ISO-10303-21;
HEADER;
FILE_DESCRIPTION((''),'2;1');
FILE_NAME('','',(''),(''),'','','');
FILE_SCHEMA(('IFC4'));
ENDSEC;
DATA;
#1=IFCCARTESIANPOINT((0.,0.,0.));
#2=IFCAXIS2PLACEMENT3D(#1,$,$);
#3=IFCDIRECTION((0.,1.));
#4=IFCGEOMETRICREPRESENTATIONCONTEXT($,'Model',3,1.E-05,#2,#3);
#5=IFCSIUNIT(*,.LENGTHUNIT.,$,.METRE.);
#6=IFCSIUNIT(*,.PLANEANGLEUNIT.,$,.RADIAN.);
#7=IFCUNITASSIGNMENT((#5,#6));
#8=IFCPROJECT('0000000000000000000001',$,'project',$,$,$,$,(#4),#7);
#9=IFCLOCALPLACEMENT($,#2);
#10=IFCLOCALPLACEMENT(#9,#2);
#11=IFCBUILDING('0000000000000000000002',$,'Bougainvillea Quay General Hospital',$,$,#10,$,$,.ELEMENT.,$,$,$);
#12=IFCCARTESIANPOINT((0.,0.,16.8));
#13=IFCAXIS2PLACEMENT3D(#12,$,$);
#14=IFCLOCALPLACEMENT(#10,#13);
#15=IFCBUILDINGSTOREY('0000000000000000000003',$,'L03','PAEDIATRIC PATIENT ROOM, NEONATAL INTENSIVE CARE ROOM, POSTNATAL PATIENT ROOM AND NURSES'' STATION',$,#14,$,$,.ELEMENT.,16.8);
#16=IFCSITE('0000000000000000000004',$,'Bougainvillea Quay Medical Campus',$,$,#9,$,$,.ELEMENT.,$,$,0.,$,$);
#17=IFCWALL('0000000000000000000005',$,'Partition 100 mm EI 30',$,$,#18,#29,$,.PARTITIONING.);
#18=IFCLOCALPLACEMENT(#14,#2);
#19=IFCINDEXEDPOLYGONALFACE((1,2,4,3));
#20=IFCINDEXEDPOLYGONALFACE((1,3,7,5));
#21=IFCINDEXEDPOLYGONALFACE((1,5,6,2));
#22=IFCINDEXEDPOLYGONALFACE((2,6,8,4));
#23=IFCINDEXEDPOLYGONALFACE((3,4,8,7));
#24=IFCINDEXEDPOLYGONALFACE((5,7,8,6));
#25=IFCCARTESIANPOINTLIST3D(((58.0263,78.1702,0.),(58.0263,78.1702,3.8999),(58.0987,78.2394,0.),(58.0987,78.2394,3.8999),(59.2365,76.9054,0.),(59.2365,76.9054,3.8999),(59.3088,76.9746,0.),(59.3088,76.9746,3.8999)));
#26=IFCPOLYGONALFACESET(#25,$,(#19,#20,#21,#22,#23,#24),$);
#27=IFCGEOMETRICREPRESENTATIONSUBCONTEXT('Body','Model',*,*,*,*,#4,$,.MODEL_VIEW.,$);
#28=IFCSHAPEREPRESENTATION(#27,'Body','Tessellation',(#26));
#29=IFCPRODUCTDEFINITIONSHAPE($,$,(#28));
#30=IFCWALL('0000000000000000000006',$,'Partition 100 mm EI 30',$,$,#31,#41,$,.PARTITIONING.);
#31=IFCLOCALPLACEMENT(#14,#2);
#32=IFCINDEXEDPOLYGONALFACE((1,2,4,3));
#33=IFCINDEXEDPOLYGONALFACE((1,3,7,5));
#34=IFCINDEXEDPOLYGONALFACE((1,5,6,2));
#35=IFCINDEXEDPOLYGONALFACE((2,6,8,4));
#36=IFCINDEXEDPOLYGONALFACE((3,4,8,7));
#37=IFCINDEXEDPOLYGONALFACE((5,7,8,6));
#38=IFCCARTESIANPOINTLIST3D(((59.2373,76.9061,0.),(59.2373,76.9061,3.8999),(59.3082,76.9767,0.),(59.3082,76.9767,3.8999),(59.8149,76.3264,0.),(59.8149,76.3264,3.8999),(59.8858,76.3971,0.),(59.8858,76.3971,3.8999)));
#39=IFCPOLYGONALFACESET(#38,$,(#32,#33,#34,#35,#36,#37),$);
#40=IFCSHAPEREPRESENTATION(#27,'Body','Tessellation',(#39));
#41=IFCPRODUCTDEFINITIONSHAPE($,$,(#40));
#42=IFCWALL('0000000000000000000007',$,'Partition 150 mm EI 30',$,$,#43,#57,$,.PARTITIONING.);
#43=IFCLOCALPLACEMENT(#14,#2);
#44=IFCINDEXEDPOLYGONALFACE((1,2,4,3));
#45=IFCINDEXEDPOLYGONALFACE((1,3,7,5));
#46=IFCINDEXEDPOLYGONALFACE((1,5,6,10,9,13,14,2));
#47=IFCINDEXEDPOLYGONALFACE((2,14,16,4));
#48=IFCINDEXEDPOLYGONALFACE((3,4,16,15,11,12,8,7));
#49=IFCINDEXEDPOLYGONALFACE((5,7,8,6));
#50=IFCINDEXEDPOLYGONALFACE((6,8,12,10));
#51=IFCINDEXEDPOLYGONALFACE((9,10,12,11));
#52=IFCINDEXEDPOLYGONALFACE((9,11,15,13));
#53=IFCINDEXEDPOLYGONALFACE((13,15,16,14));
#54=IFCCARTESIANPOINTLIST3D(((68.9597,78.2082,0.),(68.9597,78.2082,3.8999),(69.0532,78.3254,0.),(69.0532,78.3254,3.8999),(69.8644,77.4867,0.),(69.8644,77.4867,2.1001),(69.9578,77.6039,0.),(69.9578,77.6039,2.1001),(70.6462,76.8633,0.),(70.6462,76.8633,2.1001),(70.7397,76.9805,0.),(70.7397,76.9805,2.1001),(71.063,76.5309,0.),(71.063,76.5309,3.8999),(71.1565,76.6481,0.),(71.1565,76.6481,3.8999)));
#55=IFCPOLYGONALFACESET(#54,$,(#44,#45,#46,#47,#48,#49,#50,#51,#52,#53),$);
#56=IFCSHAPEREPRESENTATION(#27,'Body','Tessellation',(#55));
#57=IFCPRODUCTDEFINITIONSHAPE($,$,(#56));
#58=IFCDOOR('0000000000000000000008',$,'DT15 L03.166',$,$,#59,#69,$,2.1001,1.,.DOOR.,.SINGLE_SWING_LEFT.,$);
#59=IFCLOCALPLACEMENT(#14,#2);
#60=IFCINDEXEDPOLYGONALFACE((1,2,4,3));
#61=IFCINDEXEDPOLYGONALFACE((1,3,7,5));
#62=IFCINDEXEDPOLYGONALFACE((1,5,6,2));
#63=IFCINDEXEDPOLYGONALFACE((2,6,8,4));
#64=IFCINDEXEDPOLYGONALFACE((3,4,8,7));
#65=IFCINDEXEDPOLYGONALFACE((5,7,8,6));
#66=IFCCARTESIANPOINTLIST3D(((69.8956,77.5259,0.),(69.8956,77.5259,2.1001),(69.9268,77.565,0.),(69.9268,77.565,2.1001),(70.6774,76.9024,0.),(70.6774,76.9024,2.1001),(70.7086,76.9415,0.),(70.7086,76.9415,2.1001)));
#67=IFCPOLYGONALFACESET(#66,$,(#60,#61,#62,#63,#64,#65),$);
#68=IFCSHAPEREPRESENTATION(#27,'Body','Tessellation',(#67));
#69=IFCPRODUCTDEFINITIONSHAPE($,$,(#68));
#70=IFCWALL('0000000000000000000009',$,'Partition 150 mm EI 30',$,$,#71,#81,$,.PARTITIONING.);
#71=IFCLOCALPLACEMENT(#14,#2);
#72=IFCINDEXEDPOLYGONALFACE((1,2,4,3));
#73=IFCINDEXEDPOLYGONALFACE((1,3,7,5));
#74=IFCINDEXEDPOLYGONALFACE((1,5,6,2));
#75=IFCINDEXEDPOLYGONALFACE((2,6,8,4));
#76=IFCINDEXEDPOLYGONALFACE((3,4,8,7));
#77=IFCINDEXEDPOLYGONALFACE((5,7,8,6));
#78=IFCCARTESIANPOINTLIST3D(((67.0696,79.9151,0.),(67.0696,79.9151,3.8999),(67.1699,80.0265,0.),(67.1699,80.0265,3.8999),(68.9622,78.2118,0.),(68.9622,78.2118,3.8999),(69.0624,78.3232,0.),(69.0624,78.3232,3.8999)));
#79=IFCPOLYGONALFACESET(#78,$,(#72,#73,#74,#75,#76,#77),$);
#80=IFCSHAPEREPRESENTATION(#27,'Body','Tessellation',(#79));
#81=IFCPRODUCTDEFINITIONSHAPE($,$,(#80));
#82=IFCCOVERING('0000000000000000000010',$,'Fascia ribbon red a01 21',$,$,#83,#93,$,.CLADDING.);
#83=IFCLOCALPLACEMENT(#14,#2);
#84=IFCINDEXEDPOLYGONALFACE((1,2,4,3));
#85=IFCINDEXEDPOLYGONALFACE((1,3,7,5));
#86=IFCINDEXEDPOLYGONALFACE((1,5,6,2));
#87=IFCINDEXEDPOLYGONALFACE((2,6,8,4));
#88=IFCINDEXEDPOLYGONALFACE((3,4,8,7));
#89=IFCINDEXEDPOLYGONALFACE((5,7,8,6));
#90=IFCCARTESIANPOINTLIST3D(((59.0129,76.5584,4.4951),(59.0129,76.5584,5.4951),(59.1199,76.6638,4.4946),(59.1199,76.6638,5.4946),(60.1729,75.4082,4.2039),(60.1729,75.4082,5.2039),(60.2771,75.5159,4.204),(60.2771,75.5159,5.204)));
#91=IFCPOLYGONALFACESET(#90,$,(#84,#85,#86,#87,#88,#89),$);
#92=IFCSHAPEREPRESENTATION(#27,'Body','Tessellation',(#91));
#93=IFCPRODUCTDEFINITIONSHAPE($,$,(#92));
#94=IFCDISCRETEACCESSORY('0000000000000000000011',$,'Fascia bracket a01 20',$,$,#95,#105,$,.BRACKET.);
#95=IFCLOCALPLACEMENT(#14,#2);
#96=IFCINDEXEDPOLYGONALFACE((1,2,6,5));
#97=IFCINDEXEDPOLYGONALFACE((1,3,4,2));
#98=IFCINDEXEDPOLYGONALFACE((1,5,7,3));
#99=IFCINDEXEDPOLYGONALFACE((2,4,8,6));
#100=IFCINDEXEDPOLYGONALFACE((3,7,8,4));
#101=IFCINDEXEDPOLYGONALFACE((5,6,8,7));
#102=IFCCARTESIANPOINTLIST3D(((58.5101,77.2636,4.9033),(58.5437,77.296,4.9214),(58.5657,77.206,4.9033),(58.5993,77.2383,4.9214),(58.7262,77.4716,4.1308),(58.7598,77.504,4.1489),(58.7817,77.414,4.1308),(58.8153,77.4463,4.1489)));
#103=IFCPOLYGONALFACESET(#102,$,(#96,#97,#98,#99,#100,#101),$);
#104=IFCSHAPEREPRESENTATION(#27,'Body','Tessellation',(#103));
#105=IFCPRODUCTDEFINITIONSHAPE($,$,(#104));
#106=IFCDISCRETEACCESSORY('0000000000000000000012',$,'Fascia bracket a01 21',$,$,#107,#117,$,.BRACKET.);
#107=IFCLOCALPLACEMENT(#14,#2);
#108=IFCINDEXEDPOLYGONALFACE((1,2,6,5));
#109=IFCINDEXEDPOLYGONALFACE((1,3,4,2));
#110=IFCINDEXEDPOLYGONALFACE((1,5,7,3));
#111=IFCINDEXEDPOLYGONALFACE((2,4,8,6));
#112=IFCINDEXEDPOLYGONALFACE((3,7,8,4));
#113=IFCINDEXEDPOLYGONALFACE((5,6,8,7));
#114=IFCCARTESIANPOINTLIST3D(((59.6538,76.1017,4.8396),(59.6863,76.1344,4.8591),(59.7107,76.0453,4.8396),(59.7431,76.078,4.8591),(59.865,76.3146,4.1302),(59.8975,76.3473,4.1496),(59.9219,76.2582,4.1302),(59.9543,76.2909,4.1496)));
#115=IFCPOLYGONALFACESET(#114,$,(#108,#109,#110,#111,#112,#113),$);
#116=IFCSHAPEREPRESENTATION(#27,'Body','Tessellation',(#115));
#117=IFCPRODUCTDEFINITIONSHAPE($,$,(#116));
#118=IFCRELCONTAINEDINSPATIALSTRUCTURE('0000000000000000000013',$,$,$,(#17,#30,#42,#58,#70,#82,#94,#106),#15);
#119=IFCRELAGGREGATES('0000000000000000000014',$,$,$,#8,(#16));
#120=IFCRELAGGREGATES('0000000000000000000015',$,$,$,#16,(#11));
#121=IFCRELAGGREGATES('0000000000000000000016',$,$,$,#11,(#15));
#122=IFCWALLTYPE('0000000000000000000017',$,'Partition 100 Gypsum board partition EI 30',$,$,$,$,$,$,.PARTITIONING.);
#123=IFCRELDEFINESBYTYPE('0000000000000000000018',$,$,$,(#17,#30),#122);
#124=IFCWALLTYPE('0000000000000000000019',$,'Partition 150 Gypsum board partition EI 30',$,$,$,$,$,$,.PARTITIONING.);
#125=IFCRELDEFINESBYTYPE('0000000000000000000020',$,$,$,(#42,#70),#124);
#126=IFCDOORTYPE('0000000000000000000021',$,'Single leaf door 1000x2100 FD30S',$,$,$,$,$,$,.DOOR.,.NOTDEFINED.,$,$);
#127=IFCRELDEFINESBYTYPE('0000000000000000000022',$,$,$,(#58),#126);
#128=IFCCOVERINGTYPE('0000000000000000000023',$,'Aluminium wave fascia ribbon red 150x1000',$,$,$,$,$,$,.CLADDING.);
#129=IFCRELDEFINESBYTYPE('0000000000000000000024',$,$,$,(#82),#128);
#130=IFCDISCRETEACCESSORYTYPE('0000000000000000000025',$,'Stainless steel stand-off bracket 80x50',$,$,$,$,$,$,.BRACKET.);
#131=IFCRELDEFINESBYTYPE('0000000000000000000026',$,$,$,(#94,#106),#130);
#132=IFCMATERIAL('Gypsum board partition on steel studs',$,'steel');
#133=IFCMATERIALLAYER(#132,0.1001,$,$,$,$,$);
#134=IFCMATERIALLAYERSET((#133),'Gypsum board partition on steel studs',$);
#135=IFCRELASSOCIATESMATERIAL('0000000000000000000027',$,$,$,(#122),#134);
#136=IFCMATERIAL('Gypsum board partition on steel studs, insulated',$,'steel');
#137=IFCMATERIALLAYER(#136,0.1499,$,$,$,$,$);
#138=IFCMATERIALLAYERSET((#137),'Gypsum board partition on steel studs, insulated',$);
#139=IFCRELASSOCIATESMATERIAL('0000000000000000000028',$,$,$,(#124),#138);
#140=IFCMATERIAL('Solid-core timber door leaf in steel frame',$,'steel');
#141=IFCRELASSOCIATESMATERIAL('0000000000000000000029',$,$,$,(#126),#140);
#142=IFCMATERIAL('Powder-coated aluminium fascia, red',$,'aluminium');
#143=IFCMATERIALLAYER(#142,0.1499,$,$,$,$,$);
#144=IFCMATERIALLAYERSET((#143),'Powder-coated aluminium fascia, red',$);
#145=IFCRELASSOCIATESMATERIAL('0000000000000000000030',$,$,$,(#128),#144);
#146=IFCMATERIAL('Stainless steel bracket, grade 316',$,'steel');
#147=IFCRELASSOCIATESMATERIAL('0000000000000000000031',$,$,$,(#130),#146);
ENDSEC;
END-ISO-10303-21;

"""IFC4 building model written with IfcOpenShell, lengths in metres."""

from ifc_helpers import new_model, si_unit, direction, frame, frame_2d, origin, origin_2d, place, context, subcontext, project, spatial, polyline, rectangle, outline, extrude, material, layer, layer_set, material_profile, profile_set, type_object, element, fill, save


model = new_model("IFC4")

# Units and contexts
model_context = context("Model", 3, precision=1e-05, world=origin(), true_north=direction((0.0, 1.0)))
body_context = subcontext(model_context, "Body", "Model", "MODEL_VIEW")
ifc_project = project(units=[si_unit("LENGTHUNIT", "METRE"), si_unit("PLANEANGLEUNIT", "RADIAN")], contexts=[model_context])

# Site, building, storey
site_placement = place(None, origin())
site = spatial("IfcSite", under=ifc_project, at=site_placement, Name="Bougainvillea Quay Medical Campus", CompositionType="ELEMENT", RefElevation=0.0)
building_placement = place(site_placement, origin())
building = spatial("IfcBuilding", under=site, at=building_placement, Name="Bougainvillea Quay General Hospital", CompositionType="ELEMENT")
storey_placement = place(building_placement, frame((0.0, 0.0, 16.8)))
storey = spatial("IfcBuildingStorey", under=building, at=storey_placement, Name="L03", Description="PAEDIATRIC PATIENT ROOM, NEONATAL INTENSIVE CARE ROOM, POSTNATAL PATIENT ROOM AND NURSES' STATION", CompositionType="ELEMENT", Elevation=16.8)

# Walls
ifc_material_1 = material(Name="Gypsum board partition on steel studs", Category="steel")
ifc_layer_1 = layer(ifc_material_1, 0.1001)
ifc_layer_set_1 = layer_set([ifc_layer_1], Name="Gypsum board partition on steel studs")
wall_type_1 = type_object("IfcWallType", Name="Partition 100 Gypsum board partition EI 30", PredefinedType="PARTITIONING", material=ifc_layer_set_1)
wall_1_placement = place(storey_placement, frame((58.0625, 78.2048, 0.0), z_axis=(0.0, 0.0, 1.0), x_axis=(0.691314, -0.722554, 0.0)))
element("IfcWall", 1, at=wall_1_placement, inside=storey, type_object=wall_type_1, Name="Partition 100 mm EI 30", PredefinedType="PARTITIONING", context=body_context, shape_type="SweptSolid", body=[
    extrude(rectangle(XDim=1.7505, YDim=0.1001, at=frame_2d((0.8752, 0.0))), origin(), (0.0, 0.0, 1.0), 3.8999),
])
wall_2_placement = place(storey_placement, frame((59.2727, 76.9414, 0.0), z_axis=(0.0, 0.0, 1.0), x_axis=(0.705912, -0.708299, 0.0)))
element("IfcWall", 2, at=wall_2_placement, inside=storey, type_object=wall_type_1, Name="Partition 100 mm EI 30", PredefinedType="PARTITIONING", context=body_context, shape_type="SweptSolid", body=[
    extrude(rectangle(XDim=0.8184, YDim=0.1001, at=frame_2d((0.4092, 0.0))), origin(), (0.0, 0.0, 1.0), 3.8999),
])

# Wall, opening, door
ifc_material_2 = material(Name="Gypsum board partition on steel studs, insulated", Category="steel")
ifc_layer_2 = layer(ifc_material_2, 0.1499)
ifc_layer_set_2 = layer_set([ifc_layer_2], Name="Gypsum board partition on steel studs, insulated")
wall_type_2 = type_object("IfcWallType", Name="Partition 150 Gypsum board partition EI 30", PredefinedType="PARTITIONING", material=ifc_layer_set_2)
wall_3_placement = place(storey_placement, frame((69.0063, 78.2668, 0.0), z_axis=(0.0, 0.0, 1.0), x_axis=(0.781842, -0.623477, 0.0)))
wall_3 = element("IfcWall", 3, at=wall_3_placement, inside=storey, type_object=wall_type_2, Name="Partition 150 mm EI 30", PredefinedType="PARTITIONING", context=body_context, shape_type="SweptSolid", body=[
    extrude(rectangle(XDim=2.6902, YDim=0.1499, at=frame_2d((1.3452, 0.0))), origin(), (0.0, 0.0, 1.0), 3.8999),
])
opening_placement = place(wall_3_placement, frame((1.1572, 0.0, 0.0)))
opening = element("IfcOpeningElement", 4, at=opening_placement, cuts=wall_3, PredefinedType="OPENING", context=body_context, shape_type="SweptSolid", body=[
    extrude(rectangle(XDim=1.0, YDim=2.1001, at=frame_2d((0.5, 1.05))), frame((0.0, 0.085, 0.0), z_axis=(0.0, -1.0, 0.0), x_axis=(1.0, 0.0, 0.0)), (0.0, 0.0, 1.0), 0.1699),
])
ifc_material_3 = material(Name="Solid-core timber door leaf in steel frame", Category="steel")
door_type = type_object("IfcDoorType", Name="Single leaf door 1000x2100 FD30S", OperationType="NOTDEFINED", PredefinedType="DOOR", material=ifc_material_3)
door_placement = place(opening_placement, frame((1.0, 0.0, 0.0), z_axis=(0.0, 0.0, 1.0), x_axis=(-1.0, 0.0, 0.0)))
door = element("IfcDoor", 5, at=door_placement, inside=storey, type_object=door_type, Name="DT15 L03.166", OperationType="SINGLE_SWING_LEFT", OverallHeight=2.1001, OverallWidth=1.0, PredefinedType="DOOR", context=body_context, shape_type="SweptSolid", body=[
    extrude(rectangle(XDim=1.0, YDim=2.1001, at=frame_2d((0.5, 1.05))), frame((0.0, 0.0249, 0.0), z_axis=(0.0, -1.0, 0.0), x_axis=(1.0, 0.0, 0.0)), (0.0, 0.0, 1.0), 0.05),
])
fill(opening, door)

# Wall
wall_4_placement = place(storey_placement, frame((67.1199, 79.9707, 0.0), z_axis=(0.0, 0.0, 1.0), x_axis=(0.743285, -0.668975, 0.0)))
element("IfcWall", 6, at=wall_4_placement, inside=storey, type_object=wall_type_2, Name="Partition 150 mm EI 30", PredefinedType="PARTITIONING", context=body_context, shape_type="SweptSolid", body=[
    extrude(rectangle(XDim=2.5461, YDim=0.1499, at=frame_2d((1.2729, 0.0))), origin(), (0.0, 0.0, 1.0), 3.8999),
])

# Covering
ifc_material_4 = material(Name="Powder-coated aluminium fascia, red", Category="aluminium")
ifc_layer_3 = layer(ifc_material_4, 0.1499)
ifc_layer_set_3 = layer_set([ifc_layer_3], Name="Powder-coated aluminium fascia, red")
covering_type = type_object("IfcCoveringType", Name="Aluminium wave fascia ribbon red 150x1000", PredefinedType="CLADDING", material=ifc_layer_set_3)
covering_placement = place(storey_placement, frame((59.1199, 76.6638, 4.4946), z_axis=(0.125234, -0.122959, 0.984478), x_axis=(0.698927, -0.693324, -0.175504)))
element("IfcCovering", 7, at=covering_placement, inside=storey, type_object=covering_type, Name="Fascia ribbon red a01 21", PredefinedType="CLADDING", context=body_context, shape_type="SweptSolid", body=[
    extrude(outline(polyline([(0.0, 0.0), (1.6557, 0.0), (1.6575, -0.1499), (-0.0017, -0.1502), (0.0, 0.0)])), origin(), (-0.175504, -0.000889, 0.984478), 1.0),
])

# Discrete accessories
ifc_material_5 = material(Name="Stainless steel bracket, grade 316", Category="steel")
ifc_material_profile_1 = material_profile(ifc_material_5, rectangle(XDim=0.0801, YDim=0.05, at=origin_2d()))
ifc_profile_set_1 = profile_set([ifc_material_profile_1], Name="Stainless steel bracket, grade 316")
discrete_accessory_type = type_object("IfcDiscreteAccessoryType", Name="Stainless steel stand-off bracket 80x50", PredefinedType="BRACKET", material=ifc_profile_set_1)
discrete_accessory_1_placement = place(storey_placement, frame((58.7708, 77.459, 4.1399), z_axis=(-0.260745, -0.251023, 0.932201), x_axis=(0.693548, -0.720411, 0.0)))
element("IfcDiscreteAccessory", 8, at=discrete_accessory_1_placement, inside=storey, type_object=discrete_accessory_type, Name="Fascia bracket a01 20", PredefinedType="BRACKET", context=body_context, shape_type="SweptSolid", body=[
    extrude(rectangle(XDim=0.0801, YDim=0.05, at=origin_2d()), origin(), (0.0, 0.0, 1.0), 0.8286),
])
discrete_accessory_2_placement = place(storey_placement, frame((59.9097, 76.3027, 4.1399), z_axis=(-0.274176, -0.276395, 0.921104), x_axis=(0.709951, -0.704251, 0.0)))
element("IfcDiscreteAccessory", 9, at=discrete_accessory_2_placement, inside=storey, type_object=discrete_accessory_type, Name="Fascia bracket a01 21", PredefinedType="BRACKET", context=body_context, shape_type="SweptSolid", body=[
    extrude(rectangle(XDim=0.0801, YDim=0.05, at=origin_2d()), origin(), (0.0, 0.0, 1.0), 0.7703),
])

save(model, "model.ifc")
